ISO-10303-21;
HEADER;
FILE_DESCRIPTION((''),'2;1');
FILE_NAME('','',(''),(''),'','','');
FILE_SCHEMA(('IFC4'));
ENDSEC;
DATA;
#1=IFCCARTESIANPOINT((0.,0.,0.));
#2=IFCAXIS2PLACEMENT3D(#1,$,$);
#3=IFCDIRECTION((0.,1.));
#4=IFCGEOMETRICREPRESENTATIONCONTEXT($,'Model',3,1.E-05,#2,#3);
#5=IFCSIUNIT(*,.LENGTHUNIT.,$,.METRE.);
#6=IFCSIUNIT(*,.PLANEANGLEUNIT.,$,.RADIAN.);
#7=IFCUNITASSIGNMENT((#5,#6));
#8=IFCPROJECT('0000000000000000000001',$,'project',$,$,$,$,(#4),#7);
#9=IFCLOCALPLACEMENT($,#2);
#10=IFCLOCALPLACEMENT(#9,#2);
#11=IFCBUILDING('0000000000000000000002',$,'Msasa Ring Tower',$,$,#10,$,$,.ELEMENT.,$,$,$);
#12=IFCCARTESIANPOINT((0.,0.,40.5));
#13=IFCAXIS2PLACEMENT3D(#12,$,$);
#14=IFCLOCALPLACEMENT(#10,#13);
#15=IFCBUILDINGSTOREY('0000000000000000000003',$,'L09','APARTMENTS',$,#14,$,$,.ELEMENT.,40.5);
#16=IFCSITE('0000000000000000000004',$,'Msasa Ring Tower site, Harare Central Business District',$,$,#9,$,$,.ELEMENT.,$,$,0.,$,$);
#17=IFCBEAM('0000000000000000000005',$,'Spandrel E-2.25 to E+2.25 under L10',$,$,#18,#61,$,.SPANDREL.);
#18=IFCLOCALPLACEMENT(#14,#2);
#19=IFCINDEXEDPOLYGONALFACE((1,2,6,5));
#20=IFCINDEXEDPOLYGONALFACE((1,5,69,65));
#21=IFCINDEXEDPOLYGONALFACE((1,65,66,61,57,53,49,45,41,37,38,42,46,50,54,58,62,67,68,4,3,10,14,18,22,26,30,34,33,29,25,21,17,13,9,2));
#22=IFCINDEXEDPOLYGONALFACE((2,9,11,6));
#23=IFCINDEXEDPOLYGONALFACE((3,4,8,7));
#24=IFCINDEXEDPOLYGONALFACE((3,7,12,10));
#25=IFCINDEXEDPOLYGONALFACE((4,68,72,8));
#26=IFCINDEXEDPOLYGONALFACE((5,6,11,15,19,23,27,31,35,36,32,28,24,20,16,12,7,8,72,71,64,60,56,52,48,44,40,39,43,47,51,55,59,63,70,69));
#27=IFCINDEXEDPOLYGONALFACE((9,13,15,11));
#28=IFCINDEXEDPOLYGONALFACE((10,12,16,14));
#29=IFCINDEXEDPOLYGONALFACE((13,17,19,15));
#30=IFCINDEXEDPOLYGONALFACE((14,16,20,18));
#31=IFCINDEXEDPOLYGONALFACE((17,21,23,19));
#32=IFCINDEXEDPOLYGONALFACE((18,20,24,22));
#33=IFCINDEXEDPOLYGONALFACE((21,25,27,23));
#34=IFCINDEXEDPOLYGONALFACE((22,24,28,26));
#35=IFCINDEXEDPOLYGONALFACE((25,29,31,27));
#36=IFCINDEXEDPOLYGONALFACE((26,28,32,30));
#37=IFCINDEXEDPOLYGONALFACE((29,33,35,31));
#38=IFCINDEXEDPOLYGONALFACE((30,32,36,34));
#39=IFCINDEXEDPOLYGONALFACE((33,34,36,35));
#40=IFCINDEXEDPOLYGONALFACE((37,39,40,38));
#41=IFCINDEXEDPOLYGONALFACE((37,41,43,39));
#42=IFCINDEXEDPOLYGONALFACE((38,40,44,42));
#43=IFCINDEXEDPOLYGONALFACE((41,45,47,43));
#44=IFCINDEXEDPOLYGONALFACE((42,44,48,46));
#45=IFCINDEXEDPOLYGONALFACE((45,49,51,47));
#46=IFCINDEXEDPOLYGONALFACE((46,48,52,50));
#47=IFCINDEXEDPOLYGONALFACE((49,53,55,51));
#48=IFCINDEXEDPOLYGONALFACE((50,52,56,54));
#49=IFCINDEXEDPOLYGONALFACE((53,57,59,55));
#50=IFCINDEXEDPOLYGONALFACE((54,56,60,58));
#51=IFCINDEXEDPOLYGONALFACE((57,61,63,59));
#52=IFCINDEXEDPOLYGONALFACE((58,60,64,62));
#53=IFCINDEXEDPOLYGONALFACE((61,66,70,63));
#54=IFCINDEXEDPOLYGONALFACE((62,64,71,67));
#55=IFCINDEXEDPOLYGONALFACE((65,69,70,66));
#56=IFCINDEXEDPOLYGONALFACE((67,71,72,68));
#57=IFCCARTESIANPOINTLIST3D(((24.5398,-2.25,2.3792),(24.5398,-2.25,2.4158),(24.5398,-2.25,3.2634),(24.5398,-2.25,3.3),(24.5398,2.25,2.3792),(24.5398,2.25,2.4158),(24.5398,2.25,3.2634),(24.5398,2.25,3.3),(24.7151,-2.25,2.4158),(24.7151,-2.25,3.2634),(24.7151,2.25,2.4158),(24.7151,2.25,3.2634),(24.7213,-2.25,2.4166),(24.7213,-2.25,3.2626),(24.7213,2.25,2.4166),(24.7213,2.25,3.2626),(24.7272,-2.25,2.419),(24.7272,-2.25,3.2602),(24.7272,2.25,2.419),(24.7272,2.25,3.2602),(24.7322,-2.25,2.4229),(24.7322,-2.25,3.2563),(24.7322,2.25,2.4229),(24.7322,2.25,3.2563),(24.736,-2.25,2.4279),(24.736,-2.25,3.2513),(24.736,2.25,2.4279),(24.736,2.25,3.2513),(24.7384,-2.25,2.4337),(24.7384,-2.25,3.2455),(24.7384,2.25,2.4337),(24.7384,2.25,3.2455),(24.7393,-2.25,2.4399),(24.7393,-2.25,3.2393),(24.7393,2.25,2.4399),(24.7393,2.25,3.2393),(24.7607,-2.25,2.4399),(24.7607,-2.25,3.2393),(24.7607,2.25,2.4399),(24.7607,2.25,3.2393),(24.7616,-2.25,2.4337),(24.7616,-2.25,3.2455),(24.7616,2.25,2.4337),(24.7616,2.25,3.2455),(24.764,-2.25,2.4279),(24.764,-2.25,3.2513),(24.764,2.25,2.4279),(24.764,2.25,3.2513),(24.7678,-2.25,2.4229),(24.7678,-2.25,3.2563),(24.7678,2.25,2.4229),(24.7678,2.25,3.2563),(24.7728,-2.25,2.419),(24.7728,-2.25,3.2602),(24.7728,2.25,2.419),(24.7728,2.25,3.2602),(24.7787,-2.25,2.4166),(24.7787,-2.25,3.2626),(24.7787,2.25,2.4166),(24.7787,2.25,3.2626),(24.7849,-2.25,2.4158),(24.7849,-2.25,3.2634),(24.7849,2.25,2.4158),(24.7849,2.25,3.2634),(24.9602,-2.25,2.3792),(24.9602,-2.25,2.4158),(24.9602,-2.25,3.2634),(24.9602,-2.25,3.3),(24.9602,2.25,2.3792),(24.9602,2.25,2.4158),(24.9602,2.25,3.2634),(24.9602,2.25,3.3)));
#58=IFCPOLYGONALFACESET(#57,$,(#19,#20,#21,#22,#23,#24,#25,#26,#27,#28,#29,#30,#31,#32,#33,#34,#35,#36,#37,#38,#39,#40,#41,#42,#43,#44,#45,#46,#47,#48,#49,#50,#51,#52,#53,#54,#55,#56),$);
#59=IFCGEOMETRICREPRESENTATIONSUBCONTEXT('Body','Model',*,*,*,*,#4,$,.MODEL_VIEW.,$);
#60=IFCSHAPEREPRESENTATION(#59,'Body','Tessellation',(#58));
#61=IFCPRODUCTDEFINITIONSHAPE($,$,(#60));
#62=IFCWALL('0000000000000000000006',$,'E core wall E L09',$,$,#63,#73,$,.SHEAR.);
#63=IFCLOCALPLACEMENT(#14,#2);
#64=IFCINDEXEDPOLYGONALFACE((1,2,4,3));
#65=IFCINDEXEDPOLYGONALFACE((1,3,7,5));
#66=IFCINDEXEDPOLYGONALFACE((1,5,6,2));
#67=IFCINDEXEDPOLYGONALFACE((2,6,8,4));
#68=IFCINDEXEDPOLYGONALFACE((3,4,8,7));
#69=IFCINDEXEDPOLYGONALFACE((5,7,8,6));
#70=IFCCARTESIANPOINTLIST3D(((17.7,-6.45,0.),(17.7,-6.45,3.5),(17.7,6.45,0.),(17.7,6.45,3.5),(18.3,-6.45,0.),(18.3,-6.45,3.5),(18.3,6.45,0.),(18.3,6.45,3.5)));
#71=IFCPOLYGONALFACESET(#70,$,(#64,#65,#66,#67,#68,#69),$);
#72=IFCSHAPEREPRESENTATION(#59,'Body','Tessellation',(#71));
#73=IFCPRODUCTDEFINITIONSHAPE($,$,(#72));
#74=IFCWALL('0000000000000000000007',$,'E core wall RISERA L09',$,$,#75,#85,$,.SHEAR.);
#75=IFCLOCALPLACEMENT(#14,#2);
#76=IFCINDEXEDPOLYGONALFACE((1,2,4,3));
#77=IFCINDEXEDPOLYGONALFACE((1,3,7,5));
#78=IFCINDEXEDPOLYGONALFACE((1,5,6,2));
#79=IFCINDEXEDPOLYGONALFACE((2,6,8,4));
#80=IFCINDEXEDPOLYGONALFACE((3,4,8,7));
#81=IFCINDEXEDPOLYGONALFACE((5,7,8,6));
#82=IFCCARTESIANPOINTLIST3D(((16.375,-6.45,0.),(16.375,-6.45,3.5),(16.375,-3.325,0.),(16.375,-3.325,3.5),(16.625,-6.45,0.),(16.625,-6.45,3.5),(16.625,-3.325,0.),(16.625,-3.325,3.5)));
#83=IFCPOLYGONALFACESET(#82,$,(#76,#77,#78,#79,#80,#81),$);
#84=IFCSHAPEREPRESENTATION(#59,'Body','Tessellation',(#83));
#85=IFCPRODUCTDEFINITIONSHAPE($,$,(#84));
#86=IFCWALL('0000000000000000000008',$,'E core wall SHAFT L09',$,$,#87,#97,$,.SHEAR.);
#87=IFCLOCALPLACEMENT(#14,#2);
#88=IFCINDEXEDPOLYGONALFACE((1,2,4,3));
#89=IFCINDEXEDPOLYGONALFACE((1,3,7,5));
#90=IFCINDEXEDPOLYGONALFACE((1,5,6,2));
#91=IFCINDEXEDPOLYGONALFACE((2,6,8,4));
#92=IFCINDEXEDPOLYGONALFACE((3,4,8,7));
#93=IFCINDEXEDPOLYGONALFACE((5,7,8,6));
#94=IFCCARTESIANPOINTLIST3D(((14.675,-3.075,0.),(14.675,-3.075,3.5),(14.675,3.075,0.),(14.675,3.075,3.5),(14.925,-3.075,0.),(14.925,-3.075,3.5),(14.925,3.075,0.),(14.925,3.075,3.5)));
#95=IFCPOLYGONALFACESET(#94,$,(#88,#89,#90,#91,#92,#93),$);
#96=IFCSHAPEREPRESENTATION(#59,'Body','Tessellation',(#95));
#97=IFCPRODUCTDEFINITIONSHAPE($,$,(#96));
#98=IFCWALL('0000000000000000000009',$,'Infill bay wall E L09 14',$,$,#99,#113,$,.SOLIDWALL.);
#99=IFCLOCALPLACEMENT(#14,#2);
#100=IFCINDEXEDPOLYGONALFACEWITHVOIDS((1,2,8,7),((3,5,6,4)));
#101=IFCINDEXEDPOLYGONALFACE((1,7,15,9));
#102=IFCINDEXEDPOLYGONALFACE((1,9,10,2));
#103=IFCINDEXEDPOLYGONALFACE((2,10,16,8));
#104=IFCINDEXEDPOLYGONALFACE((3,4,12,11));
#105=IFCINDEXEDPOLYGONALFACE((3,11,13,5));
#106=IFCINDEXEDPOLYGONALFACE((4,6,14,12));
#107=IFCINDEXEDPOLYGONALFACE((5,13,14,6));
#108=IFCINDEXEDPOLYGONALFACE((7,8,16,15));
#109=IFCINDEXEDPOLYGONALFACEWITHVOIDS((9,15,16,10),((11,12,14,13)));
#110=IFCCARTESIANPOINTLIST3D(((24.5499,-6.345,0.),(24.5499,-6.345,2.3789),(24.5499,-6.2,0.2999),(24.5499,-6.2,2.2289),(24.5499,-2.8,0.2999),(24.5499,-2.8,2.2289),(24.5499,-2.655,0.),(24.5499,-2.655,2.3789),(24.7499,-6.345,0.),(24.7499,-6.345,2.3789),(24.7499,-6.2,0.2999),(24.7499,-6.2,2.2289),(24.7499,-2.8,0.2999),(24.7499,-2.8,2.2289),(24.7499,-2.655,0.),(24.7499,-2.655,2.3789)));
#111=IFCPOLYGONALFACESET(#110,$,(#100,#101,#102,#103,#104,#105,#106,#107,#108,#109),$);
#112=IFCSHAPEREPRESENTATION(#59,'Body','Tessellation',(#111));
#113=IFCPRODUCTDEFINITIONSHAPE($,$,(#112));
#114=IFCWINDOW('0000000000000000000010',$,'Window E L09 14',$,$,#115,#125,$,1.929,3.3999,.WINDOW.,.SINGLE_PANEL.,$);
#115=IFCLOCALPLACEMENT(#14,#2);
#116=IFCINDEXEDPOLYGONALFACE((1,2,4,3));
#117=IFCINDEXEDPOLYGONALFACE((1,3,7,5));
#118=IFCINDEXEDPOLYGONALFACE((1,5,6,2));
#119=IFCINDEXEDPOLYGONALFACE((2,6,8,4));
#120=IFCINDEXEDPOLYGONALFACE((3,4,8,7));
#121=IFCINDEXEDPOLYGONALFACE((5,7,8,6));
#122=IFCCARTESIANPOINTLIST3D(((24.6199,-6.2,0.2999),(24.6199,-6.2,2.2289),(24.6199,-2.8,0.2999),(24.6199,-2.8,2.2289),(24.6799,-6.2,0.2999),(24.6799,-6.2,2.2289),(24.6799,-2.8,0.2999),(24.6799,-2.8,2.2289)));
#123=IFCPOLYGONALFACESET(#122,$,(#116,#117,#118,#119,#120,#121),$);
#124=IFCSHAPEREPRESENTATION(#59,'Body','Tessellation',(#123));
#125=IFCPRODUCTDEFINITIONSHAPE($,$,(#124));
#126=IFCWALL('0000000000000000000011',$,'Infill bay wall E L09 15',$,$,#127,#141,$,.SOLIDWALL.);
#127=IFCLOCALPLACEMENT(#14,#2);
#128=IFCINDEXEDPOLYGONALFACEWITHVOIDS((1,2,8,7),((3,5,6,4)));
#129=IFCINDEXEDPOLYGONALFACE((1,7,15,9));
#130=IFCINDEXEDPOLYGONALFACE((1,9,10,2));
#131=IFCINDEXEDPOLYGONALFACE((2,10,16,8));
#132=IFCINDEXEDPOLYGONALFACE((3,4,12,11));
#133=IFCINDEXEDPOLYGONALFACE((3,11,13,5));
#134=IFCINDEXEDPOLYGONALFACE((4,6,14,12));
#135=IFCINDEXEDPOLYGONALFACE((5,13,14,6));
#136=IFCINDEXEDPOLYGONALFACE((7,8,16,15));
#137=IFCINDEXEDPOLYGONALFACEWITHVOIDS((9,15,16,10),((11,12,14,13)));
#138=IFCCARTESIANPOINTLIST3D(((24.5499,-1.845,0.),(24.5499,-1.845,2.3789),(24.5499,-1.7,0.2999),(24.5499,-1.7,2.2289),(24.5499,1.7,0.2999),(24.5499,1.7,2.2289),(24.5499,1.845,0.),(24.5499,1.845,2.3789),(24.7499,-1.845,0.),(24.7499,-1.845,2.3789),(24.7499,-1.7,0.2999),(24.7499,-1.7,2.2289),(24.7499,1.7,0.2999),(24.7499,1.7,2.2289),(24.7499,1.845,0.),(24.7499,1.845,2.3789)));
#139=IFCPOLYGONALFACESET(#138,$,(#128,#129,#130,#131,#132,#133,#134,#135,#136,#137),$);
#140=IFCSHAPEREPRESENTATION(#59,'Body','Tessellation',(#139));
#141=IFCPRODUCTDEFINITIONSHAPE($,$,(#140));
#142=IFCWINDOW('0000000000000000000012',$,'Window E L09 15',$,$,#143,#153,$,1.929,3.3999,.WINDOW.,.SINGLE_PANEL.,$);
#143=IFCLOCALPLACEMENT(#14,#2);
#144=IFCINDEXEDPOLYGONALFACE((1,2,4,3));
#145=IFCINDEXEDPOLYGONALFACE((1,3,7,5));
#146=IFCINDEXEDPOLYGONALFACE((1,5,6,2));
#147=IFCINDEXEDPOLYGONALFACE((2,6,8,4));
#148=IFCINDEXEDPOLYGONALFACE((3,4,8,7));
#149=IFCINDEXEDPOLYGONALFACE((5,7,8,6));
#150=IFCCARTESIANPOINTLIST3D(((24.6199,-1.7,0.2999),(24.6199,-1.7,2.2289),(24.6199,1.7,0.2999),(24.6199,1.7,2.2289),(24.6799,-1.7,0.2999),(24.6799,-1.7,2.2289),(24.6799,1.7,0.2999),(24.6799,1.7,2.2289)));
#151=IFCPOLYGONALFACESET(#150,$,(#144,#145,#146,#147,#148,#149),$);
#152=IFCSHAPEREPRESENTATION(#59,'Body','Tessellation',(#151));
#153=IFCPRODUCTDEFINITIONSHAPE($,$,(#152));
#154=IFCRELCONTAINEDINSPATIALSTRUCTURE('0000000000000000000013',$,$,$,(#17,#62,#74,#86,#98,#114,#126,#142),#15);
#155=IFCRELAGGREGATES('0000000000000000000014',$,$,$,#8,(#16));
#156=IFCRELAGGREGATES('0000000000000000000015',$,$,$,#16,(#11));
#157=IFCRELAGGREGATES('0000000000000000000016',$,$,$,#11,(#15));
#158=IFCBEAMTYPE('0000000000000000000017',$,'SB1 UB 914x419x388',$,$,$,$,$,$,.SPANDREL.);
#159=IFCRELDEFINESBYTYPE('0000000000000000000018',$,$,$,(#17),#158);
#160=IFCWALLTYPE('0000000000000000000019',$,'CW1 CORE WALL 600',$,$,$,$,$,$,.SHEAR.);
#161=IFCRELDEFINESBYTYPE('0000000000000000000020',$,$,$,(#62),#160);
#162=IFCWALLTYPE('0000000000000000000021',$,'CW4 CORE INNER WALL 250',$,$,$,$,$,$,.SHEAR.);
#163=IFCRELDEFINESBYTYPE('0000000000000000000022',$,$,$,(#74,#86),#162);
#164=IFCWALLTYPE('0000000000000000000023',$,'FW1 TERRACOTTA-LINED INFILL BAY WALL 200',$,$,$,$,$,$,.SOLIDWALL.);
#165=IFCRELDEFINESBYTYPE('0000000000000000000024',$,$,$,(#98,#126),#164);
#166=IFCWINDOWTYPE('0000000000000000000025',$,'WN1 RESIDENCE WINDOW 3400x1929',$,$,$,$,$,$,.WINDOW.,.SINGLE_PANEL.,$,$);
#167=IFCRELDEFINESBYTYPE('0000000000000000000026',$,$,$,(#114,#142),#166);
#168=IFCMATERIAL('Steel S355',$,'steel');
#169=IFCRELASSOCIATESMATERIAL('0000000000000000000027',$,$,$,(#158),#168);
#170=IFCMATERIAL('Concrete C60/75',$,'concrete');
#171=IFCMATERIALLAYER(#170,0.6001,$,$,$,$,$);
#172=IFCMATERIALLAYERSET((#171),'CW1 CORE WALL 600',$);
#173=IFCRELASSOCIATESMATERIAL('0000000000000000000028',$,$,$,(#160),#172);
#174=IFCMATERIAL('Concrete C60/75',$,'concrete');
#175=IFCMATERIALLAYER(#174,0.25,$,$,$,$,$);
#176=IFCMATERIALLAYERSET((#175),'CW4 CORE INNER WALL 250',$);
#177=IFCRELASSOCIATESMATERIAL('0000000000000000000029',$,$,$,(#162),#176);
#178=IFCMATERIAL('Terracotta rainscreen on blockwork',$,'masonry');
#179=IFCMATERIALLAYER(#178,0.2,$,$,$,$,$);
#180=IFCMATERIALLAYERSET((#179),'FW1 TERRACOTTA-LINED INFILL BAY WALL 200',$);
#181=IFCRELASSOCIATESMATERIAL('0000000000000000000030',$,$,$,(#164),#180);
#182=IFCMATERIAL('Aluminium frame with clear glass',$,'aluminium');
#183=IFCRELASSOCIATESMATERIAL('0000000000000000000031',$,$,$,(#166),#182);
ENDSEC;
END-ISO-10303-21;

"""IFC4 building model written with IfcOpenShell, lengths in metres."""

from ifc_helpers import new_model, si_unit, direction, frame, frame_2d, origin, origin_2d, place, context, subcontext, project, spatial, rectangle, i_section, extrude, material, layer, layer_set, material_profile, profile_set, type_object, element, fill, save


model = new_model("IFC4")

# Units and contexts
model_context = context("Model", 3, precision=1e-05, world=origin(), true_north=direction((0.0, 1.0)))
body_context = subcontext(model_context, "Body", "Model", "MODEL_VIEW")
ifc_project = project(units=[si_unit("LENGTHUNIT", "METRE"), si_unit("PLANEANGLEUNIT", "RADIAN")], contexts=[model_context])

# Site, building, storey
site_placement = place(None, origin())
site = spatial("IfcSite", under=ifc_project, at=site_placement, Name="Msasa Ring Tower site, Harare Central Business District", CompositionType="ELEMENT", RefElevation=0.0)
building_placement = place(site_placement, origin())
building = spatial("IfcBuilding", under=site, at=building_placement, Name="Msasa Ring Tower", CompositionType="ELEMENT")
storey_placement = place(building_placement, frame((0.0, 0.0, 40.5)))
storey = spatial("IfcBuildingStorey", under=building, at=storey_placement, Name="L09", Description="APARTMENTS", CompositionType="ELEMENT", Elevation=40.5)

# Beam
ifc_material_1 = material(Name="Steel S355", Category="steel")
ifc_material_profile_1 = material_profile(ifc_material_1, i_section(OverallWidth=0.4204, OverallDepth=0.9209, WebThickness=0.0215, FlangeThickness=0.0366, FilletRadius=0.0242, at=origin_2d()), Name="UB 914x419x388")
ifc_profile_set_1 = profile_set([ifc_material_profile_1], Name="Steel S355")
beam_type_1 = type_object("IfcBeamType", Name="SB1 UB 914x419x388", PredefinedType="SPANDREL", material=ifc_profile_set_1)
for number, where, z_axis, x_axis, name in (
    (1, (24.75, -2.25, 2.8396), (0.0, 1.0, 0.0), (-1.0, 0.0, 0.0), "Spandrel E-2.25 to E+2.25 under L10"),
):
    element("IfcBeam", number, at=place(storey_placement, frame(where, z_axis=z_axis, x_axis=x_axis)), inside=storey, type_object=beam_type_1, Name=name, PredefinedType="SPANDREL", context=body_context, shape_type="SweptSolid", body=[
        extrude(i_section(OverallWidth=0.4204, OverallDepth=0.9209, WebThickness=0.0215, FlangeThickness=0.0366, FilletRadius=0.0242, at=origin_2d()), origin(), (0.0, 0.0, 1.0), 4.5),
    ])

# Walls
ifc_material_2 = material(Name="Concrete C60/75", Category="concrete")
ifc_layer_1 = layer(ifc_material_2, 0.6001)
ifc_layer_set_1 = layer_set([ifc_layer_1], Name="CW1 CORE WALL 600")
wall_type_1 = type_object("IfcWallType", Name="CW1 CORE WALL 600", PredefinedType="SHEAR", material=ifc_layer_set_1)
wall_1_placement = place(storey_placement, frame((18.0, -6.45, 0.0), z_axis=(0.0, 0.0, 1.0), x_axis=(0.0, 1.0, 0.0)))
element("IfcWall", 2, at=wall_1_placement, inside=storey, type_object=wall_type_1, Name="E core wall E L09", PredefinedType="SHEAR", context=body_context, shape_type="SweptSolid", body=[
    extrude(rectangle(XDim=12.8999, YDim=0.6001, at=frame_2d((6.45, 0.0))), origin(), (0.0, 0.0, 1.0), 3.5),
])
ifc_material_3 = material(Name="Concrete C60/75", Category="concrete")
ifc_layer_2 = layer(ifc_material_3, 0.25)
ifc_layer_set_2 = layer_set([ifc_layer_2], Name="CW4 CORE INNER WALL 250")
wall_type_2 = type_object("IfcWallType", Name="CW4 CORE INNER WALL 250", PredefinedType="SHEAR", material=ifc_layer_set_2)
wall_2_placement = place(storey_placement, frame((16.5, -6.45, 0.0), z_axis=(0.0, 0.0, 1.0), x_axis=(0.0, 1.0, 0.0)))
element("IfcWall", 3, at=wall_2_placement, inside=storey, type_object=wall_type_2, Name="E core wall RISERA L09", PredefinedType="SHEAR", context=body_context, shape_type="SweptSolid", body=[
    extrude(rectangle(XDim=3.125, YDim=0.25, at=frame_2d((1.5625, 0.0))), origin(), (0.0, 0.0, 1.0), 3.5),
])
wall_3_placement = place(storey_placement, frame((14.8, -3.075, 0.0), z_axis=(0.0, 0.0, 1.0), x_axis=(0.0, 1.0, 0.0)))
element("IfcWall", 4, at=wall_3_placement, inside=storey, type_object=wall_type_2, Name="E core wall SHAFT L09", PredefinedType="SHEAR", context=body_context, shape_type="SweptSolid", body=[
    extrude(rectangle(XDim=6.1499, YDim=0.25, at=frame_2d((3.075, 0.0))), origin(), (0.0, 0.0, 1.0), 3.5),
])

# Walls, openings, windows
ifc_material_4 = material(Name="Terracotta rainscreen on blockwork", Category="masonry")
ifc_layer_3 = layer(ifc_material_4, 0.2)
ifc_layer_set_3 = layer_set([ifc_layer_3], Name="FW1 TERRACOTTA-LINED INFILL BAY WALL 200")
wall_type_3 = type_object("IfcWallType", Name="FW1 TERRACOTTA-LINED INFILL BAY WALL 200", PredefinedType="SOLIDWALL", material=ifc_layer_set_3)
wall_4_placement = place(storey_placement, frame((24.6499, -6.345, 0.0), z_axis=(0.0, 0.0, 1.0), x_axis=(0.0, 1.0, 0.0)))
wall_4 = element("IfcWall", 5, at=wall_4_placement, inside=storey, type_object=wall_type_3, Name="Infill bay wall E L09 14", PredefinedType="SOLIDWALL", context=body_context, shape_type="SweptSolid", body=[
    extrude(rectangle(XDim=3.6899, YDim=0.2, at=frame_2d((1.845, 0.0))), origin(), (0.0, 0.0, 1.0), 2.3789),
])
opening_1_placement = place(wall_4_placement, frame((0.145, 0.0, 0.3)))
opening_1 = element("IfcOpeningElement", 6, at=opening_1_placement, cuts=wall_4, PredefinedType="OPENING", context=body_context, shape_type="SweptSolid", body=[
    extrude(rectangle(XDim=3.3999, YDim=1.929, at=frame_2d((1.7, 0.9644))), frame((0.0, 0.1099, 0.0), z_axis=(0.0, -1.0, 0.0), x_axis=(1.0, 0.0, 0.0)), (0.0, 0.0, 1.0), 0.22),
])
ifc_material_5 = material(Name="Aluminium frame with clear glass", Category="aluminium")
window_type = type_object("IfcWindowType", Name="WN1 RESIDENCE WINDOW 3400x1929", PartitioningType="SINGLE_PANEL", PredefinedType="WINDOW", material=ifc_material_5)
window_1_placement = place(opening_1_placement, origin())
window_1 = element("IfcWindow", 7, at=window_1_placement, inside=storey, type_object=window_type, Name="Window E L09 14", OverallHeight=1.929, OverallWidth=3.3999, PartitioningType="SINGLE_PANEL", PredefinedType="WINDOW", context=body_context, shape_type="SweptSolid", body=[
    extrude(rectangle(XDim=3.3999, YDim=1.929, at=frame_2d((1.7, 0.9644))), frame((0.0, 0.03, 0.0), z_axis=(0.0, -1.0, 0.0), x_axis=(1.0, 0.0, 0.0)), (0.0, 0.0, 1.0), 0.0601),
])
fill(opening_1, window_1)
wall_5_placement = place(storey_placement, frame((24.6499, -1.845, 0.0), z_axis=(0.0, 0.0, 1.0), x_axis=(0.0, 1.0, 0.0)))
wall_5 = element("IfcWall", 8, at=wall_5_placement, inside=storey, type_object=wall_type_3, Name="Infill bay wall E L09 15", PredefinedType="SOLIDWALL", context=body_context, shape_type="SweptSolid", body=[
    extrude(rectangle(XDim=3.6899, YDim=0.2, at=frame_2d((1.845, 0.0))), origin(), (0.0, 0.0, 1.0), 2.3789),
])
opening_2_placement = place(wall_5_placement, frame((0.145, 0.0, 0.3)))
opening_2 = element("IfcOpeningElement", 9, at=opening_2_placement, cuts=wall_5, PredefinedType="OPENING", context=body_context, shape_type="SweptSolid", body=[
    extrude(rectangle(XDim=3.3999, YDim=1.929, at=frame_2d((1.7, 0.9644))), frame((0.0, 0.1099, 0.0), z_axis=(0.0, -1.0, 0.0), x_axis=(1.0, 0.0, 0.0)), (0.0, 0.0, 1.0), 0.22),
])
window_2_placement = place(opening_2_placement, origin())
window_2 = element("IfcWindow", 10, at=window_2_placement, inside=storey, type_object=window_type, Name="Window E L09 15", OverallHeight=1.929, OverallWidth=3.3999, PartitioningType="SINGLE_PANEL", PredefinedType="WINDOW", context=body_context, shape_type="SweptSolid", body=[
    extrude(rectangle(XDim=3.3999, YDim=1.929, at=frame_2d((1.7, 0.9644))), frame((0.0, 0.03, 0.0), z_axis=(0.0, -1.0, 0.0), x_axis=(1.0, 0.0, 0.0)), (0.0, 0.0, 1.0), 0.0601),
])
fill(opening_2, window_2)

save(model, "model.ifc")
